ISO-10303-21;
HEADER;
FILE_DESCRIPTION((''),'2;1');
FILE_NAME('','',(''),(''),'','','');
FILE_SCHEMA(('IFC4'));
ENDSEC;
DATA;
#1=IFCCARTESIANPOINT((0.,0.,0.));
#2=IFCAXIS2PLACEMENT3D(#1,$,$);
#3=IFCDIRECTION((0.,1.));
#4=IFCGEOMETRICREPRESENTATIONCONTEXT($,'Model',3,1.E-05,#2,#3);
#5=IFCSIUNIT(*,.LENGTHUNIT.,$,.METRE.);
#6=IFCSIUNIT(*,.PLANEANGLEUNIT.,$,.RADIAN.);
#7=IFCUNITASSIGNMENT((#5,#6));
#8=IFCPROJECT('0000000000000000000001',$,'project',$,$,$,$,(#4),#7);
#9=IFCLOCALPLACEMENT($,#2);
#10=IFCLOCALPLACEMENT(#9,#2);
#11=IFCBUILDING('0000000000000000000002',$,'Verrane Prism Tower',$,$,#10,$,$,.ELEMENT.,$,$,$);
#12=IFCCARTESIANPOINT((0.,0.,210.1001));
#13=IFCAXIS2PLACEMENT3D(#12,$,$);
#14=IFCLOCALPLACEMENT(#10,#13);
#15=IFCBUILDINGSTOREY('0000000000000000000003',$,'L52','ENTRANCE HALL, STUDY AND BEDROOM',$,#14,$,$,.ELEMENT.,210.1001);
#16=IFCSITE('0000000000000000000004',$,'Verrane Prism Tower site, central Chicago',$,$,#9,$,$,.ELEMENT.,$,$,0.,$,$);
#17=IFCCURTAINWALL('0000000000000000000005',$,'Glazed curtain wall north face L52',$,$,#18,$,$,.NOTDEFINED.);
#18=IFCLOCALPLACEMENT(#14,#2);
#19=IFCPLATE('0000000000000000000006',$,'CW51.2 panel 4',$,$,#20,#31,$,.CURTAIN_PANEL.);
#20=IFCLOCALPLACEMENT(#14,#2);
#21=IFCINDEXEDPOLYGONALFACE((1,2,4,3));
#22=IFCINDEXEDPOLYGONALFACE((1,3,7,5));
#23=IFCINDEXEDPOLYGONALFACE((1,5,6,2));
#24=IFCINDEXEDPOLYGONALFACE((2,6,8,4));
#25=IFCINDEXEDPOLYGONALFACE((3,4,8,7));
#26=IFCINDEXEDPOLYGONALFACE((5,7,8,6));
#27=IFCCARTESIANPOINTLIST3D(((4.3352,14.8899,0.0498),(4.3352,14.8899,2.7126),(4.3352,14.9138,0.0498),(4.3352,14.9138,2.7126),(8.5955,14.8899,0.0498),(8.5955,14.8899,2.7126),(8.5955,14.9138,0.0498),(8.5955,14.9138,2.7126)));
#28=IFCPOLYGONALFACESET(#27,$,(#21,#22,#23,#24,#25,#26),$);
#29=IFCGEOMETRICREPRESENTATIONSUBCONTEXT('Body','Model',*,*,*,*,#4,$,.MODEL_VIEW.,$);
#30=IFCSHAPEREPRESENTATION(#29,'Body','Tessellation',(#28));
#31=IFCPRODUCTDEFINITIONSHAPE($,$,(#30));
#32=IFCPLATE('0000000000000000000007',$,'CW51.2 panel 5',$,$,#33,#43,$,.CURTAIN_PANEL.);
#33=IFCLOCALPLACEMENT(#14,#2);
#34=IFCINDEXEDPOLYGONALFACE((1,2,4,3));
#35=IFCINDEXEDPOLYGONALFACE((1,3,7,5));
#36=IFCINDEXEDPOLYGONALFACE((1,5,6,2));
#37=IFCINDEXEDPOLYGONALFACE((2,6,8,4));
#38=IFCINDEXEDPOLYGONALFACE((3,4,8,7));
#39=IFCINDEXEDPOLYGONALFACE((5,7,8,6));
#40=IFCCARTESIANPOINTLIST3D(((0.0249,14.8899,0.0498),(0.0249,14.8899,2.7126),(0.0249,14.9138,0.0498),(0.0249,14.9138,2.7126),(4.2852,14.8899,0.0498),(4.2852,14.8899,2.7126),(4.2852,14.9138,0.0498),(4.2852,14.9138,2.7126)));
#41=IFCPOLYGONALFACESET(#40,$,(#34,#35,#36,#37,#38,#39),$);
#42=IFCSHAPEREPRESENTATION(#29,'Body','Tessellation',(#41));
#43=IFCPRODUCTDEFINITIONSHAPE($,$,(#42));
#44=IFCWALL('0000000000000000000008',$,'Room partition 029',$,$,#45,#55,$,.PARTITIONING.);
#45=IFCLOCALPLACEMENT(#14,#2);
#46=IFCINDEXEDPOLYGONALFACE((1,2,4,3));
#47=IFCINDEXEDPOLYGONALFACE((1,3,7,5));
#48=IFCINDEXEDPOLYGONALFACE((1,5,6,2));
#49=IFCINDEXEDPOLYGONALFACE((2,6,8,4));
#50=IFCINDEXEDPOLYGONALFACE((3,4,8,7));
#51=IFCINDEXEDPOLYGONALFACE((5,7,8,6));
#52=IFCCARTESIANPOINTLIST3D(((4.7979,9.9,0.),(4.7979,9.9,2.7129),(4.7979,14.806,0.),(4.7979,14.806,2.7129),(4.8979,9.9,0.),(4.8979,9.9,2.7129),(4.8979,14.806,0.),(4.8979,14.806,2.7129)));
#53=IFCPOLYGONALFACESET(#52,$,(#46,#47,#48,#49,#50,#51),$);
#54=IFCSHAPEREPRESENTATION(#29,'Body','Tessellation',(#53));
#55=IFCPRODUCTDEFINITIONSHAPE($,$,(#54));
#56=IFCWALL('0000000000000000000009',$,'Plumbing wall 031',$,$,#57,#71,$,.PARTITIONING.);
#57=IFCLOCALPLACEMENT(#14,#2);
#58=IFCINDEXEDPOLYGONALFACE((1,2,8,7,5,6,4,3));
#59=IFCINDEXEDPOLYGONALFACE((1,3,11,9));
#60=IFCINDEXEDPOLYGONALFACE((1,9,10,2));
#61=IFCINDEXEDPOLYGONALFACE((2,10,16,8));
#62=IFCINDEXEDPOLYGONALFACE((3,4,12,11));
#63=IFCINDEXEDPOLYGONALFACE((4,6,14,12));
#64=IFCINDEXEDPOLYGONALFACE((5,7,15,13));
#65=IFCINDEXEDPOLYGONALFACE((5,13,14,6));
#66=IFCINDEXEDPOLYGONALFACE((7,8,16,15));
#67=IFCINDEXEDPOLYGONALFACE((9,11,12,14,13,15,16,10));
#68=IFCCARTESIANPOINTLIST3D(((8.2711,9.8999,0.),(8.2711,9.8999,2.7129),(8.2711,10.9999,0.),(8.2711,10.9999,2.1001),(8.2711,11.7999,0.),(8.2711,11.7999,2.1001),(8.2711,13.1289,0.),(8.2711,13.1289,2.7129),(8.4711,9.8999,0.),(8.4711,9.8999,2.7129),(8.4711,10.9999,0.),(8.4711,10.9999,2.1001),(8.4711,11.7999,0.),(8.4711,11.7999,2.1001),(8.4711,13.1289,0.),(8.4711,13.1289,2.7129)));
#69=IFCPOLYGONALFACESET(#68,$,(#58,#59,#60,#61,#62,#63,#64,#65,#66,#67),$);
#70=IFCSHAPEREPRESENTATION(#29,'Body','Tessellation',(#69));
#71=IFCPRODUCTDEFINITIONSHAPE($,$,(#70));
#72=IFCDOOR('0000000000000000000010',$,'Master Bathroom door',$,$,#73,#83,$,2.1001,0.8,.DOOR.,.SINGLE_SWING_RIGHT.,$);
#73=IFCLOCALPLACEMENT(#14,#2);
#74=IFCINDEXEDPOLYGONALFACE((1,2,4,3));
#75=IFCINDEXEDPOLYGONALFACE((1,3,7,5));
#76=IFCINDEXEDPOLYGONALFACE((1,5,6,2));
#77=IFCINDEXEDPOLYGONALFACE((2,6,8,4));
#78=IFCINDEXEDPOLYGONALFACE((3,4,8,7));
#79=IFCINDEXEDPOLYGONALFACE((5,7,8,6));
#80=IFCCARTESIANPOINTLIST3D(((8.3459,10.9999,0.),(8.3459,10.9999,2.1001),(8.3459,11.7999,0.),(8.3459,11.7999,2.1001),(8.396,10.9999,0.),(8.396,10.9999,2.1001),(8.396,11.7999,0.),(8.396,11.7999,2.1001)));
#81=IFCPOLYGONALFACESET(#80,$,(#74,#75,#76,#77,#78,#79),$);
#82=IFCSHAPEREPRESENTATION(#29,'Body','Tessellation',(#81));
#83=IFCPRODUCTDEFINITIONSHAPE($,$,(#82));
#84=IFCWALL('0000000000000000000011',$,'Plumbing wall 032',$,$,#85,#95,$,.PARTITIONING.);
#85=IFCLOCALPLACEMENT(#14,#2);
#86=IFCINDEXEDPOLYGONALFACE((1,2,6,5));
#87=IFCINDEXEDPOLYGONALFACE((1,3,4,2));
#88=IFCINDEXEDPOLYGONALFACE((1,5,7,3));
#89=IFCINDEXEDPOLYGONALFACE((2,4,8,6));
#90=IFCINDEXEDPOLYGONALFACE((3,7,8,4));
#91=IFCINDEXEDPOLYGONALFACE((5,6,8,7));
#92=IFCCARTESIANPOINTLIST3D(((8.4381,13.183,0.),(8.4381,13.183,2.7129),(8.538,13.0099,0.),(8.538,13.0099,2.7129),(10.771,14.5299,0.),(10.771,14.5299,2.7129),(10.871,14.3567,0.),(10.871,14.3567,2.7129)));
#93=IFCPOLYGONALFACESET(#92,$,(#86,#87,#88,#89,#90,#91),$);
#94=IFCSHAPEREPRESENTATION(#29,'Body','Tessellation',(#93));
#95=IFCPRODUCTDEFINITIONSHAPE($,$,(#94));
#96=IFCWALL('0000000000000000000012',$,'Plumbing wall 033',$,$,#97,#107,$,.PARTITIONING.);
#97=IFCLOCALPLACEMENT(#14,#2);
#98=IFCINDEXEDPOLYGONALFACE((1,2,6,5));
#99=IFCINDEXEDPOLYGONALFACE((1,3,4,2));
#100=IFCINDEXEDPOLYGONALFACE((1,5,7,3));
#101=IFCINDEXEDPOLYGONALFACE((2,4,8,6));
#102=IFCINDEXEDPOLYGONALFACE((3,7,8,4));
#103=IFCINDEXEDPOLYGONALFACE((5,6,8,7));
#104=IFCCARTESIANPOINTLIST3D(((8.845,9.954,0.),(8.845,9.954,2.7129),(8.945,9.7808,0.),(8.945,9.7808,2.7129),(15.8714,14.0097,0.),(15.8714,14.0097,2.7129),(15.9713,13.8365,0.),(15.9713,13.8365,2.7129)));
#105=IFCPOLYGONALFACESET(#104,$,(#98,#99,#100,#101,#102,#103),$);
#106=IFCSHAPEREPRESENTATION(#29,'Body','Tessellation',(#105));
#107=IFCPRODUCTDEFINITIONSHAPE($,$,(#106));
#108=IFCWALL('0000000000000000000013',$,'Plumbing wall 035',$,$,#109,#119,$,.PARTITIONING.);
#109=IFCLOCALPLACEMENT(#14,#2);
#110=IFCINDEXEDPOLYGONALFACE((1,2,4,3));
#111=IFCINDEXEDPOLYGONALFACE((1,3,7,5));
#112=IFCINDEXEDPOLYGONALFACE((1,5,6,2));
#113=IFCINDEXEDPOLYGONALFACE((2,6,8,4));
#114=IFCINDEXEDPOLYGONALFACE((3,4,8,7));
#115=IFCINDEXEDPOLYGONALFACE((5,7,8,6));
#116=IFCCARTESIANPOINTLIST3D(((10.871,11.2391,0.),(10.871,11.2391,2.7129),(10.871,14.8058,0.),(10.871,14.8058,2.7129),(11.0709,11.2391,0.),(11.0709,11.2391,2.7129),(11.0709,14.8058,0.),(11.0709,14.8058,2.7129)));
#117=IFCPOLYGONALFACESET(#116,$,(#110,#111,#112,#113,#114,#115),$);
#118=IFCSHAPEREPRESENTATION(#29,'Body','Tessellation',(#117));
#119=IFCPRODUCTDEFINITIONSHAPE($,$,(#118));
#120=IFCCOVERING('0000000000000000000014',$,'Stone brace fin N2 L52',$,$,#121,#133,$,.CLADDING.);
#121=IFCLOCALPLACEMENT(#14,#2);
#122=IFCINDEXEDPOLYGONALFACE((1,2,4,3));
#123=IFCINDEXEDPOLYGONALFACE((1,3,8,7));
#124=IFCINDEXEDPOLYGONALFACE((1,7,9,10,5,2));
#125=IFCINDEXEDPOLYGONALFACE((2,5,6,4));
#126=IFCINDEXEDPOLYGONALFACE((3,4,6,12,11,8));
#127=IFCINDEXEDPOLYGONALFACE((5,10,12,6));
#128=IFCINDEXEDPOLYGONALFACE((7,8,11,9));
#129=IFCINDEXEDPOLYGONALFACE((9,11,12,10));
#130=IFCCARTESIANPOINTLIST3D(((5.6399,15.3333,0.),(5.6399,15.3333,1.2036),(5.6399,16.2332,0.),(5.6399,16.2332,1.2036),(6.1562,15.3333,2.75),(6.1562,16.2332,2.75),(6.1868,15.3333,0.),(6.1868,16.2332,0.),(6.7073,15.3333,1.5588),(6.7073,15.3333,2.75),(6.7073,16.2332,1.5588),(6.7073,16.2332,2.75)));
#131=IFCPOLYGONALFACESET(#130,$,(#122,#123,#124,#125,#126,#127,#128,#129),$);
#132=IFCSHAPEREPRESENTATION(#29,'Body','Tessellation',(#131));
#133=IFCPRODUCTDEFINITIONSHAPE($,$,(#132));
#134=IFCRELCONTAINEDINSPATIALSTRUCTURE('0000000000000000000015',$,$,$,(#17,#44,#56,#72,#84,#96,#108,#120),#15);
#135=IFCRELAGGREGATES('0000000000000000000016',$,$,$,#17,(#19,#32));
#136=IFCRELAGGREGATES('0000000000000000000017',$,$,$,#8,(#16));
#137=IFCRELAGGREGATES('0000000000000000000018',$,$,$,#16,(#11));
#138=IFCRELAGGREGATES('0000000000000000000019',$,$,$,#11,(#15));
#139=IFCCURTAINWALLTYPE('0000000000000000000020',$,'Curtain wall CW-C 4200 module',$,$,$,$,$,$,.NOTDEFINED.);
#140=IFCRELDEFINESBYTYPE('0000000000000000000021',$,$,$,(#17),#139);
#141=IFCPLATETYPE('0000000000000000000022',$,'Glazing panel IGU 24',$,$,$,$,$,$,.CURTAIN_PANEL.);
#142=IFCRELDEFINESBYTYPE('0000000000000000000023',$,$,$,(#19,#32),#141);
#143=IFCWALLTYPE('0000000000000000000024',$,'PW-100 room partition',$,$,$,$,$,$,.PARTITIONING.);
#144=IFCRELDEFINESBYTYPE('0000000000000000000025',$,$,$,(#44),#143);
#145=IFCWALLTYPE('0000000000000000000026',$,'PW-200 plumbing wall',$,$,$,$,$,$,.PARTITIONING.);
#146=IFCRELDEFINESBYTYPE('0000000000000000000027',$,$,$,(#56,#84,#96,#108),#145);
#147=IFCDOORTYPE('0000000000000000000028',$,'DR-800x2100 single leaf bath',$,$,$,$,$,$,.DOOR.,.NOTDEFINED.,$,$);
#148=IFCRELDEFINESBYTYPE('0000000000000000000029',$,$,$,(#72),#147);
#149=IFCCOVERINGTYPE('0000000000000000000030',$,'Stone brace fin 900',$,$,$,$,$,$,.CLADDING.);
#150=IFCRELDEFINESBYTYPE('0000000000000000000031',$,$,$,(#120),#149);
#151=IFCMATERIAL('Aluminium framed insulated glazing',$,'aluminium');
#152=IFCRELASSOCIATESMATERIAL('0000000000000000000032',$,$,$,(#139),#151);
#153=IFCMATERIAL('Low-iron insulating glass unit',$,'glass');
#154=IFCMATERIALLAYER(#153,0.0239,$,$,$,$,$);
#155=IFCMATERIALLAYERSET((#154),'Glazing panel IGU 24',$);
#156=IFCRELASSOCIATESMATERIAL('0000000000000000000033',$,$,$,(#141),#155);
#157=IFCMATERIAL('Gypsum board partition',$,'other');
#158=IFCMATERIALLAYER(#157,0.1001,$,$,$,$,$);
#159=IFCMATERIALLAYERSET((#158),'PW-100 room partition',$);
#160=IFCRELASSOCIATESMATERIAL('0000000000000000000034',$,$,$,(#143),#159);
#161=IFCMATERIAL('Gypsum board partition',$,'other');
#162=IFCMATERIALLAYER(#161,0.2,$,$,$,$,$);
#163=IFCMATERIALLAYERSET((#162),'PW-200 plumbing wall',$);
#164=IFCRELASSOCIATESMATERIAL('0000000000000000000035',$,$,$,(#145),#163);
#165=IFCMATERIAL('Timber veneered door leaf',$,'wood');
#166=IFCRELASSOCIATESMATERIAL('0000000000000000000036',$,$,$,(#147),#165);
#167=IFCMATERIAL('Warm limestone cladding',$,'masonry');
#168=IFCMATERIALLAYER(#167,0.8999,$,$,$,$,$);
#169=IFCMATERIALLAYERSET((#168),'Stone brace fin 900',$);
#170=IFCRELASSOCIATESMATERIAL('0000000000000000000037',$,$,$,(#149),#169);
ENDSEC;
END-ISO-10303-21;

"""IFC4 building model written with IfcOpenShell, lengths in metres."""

from ifc_helpers import new_model, si_unit, direction, frame, frame_2d, origin, origin_2d, place, context, subcontext, project, spatial, polyline, rectangle, outline, extrude, material, layer, layer_set, type_object, element, fill, aggregate, save


model = new_model("IFC4")

# Units and contexts
model_context = context("Model", 3, precision=1e-05, world=origin(), true_north=direction((0.0, 1.0)))
body_context = subcontext(model_context, "Body", "Model", "MODEL_VIEW")
ifc_project = project(units=[si_unit("LENGTHUNIT", "METRE"), si_unit("PLANEANGLEUNIT", "RADIAN")], contexts=[model_context])

# Site, building, storey
site_placement = place(None, origin())
site = spatial("IfcSite", under=ifc_project, at=site_placement, Name="Verrane Prism Tower site, central Chicago", CompositionType="ELEMENT", RefElevation=0.0)
building_placement = place(site_placement, origin())
building = spatial("IfcBuilding", under=site, at=building_placement, Name="Verrane Prism Tower", CompositionType="ELEMENT")
storey_placement = place(building_placement, frame((0.0, 0.0, 210.1001)))
storey = spatial("IfcBuildingStorey", under=building, at=storey_placement, Name="L52", Description="ENTRANCE HALL, STUDY AND BEDROOM", CompositionType="ELEMENT", Elevation=210.1001)

# Curtain wall
ifc_material_1 = material(Name="Aluminium framed insulated glazing", Category="aluminium")
curtain_wall_type = type_object("IfcCurtainWallType", Name="Curtain wall CW-C 4200 module", PredefinedType="NOTDEFINED", material=ifc_material_1)
curtain_wall_placement = place(storey_placement, origin())
curtain_wall = element("IfcCurtainWall", 1, at=curtain_wall_placement, inside=storey, type_object=curtain_wall_type, Name="Glazed curtain wall north face L52", PredefinedType="NOTDEFINED")

# Plates
ifc_material_2 = material(Name="Low-iron insulating glass unit", Category="glass")
ifc_layer_1 = layer(ifc_material_2, 0.0239)
ifc_layer_set_1 = layer_set([ifc_layer_1], Name="Glazing panel IGU 24")
plate_type = type_object("IfcPlateType", Name="Glazing panel IGU 24", PredefinedType="CURTAIN_PANEL", material=ifc_layer_set_1)
plate_1_placement = place(storey_placement, frame((6.4653, 14.9019, 0.0498), z_axis=(0.0, 0.0, 1.0), x_axis=(-1.0, 0.0, 0.0)))
plate_1 = element("IfcPlate", 2, at=plate_1_placement, type_object=plate_type, Name="CW51.2 panel 4", PredefinedType="CURTAIN_PANEL", context=body_context, shape_type="SweptSolid", body=[
    extrude(rectangle(XDim=4.2603, YDim=0.0239, at=origin_2d()), origin(), (0.0, 0.0, 1.0), 2.6628),
])
plate_2_placement = place(storey_placement, frame((2.155, 14.9019, 0.0498), z_axis=(0.0, 0.0, 1.0), x_axis=(-1.0, 0.0, 0.0)))
plate_2 = element("IfcPlate", 3, at=plate_2_placement, type_object=plate_type, Name="CW51.2 panel 5", PredefinedType="CURTAIN_PANEL", context=body_context, shape_type="SweptSolid", body=[
    extrude(rectangle(XDim=4.2603, YDim=0.0239, at=origin_2d()), origin(), (0.0, 0.0, 1.0), 2.6628),
])
aggregate(curtain_wall, [plate_1, plate_2])

# Wall
ifc_material_3 = material(Name="Gypsum board partition", Category="other")
ifc_layer_2 = layer(ifc_material_3, 0.1001)
ifc_layer_set_2 = layer_set([ifc_layer_2], Name="PW-100 room partition")
wall_type_1 = type_object("IfcWallType", Name="PW-100 room partition", PredefinedType="PARTITIONING", material=ifc_layer_set_2)
wall_1_placement = place(storey_placement, frame((4.8479, 9.8999, 0.0), z_axis=(0.0, 0.0, 1.0), x_axis=(0.0, 1.0, 0.0)))
element("IfcWall", 4, at=wall_1_placement, inside=storey, type_object=wall_type_1, Name="Room partition 029", PredefinedType="PARTITIONING", context=body_context, shape_type="SweptSolid", body=[
    extrude(rectangle(XDim=4.906, YDim=0.1001, at=frame_2d((2.4531, 0.0))), origin(), (0.0, 0.0, 1.0), 2.7129),
])

# Wall, opening, door
ifc_material_4 = material(Name="Gypsum board partition", Category="other")
ifc_layer_3 = layer(ifc_material_4, 0.2)
ifc_layer_set_3 = layer_set([ifc_layer_3], Name="PW-200 plumbing wall")
wall_type_2 = type_object("IfcWallType", Name="PW-200 plumbing wall", PredefinedType="PARTITIONING", material=ifc_layer_set_3)
wall_2_placement = place(storey_placement, frame((8.3711, 13.1289, 0.0), z_axis=(0.0, 0.0, 1.0), x_axis=(0.0, -1.0, 0.0)))
wall_2 = element("IfcWall", 5, at=wall_2_placement, inside=storey, type_object=wall_type_2, Name="Plumbing wall 031", PredefinedType="PARTITIONING", context=body_context, shape_type="SweptSolid", body=[
    extrude(rectangle(XDim=3.229, YDim=0.2, at=frame_2d((1.6145, 0.0))), origin(), (0.0, 0.0, 1.0), 2.7129),
])
opening_placement = place(wall_2_placement, frame((1.3291, 0.0, 0.0)))
opening = element("IfcOpeningElement", 6, at=opening_placement, cuts=wall_2, PredefinedType="OPENING", context=body_context, shape_type="SweptSolid", body=[
    extrude(rectangle(XDim=0.8, YDim=2.1001, at=frame_2d((0.3999, 1.05))), frame((0.0, 0.1099, 0.0), z_axis=(0.0, -1.0, 0.0), x_axis=(1.0, 0.0, 0.0)), (0.0, 0.0, 1.0), 0.22),
])
ifc_material_5 = material(Name="Timber veneered door leaf", Category="wood")
door_type = type_object("IfcDoorType", Name="DR-800x2100 single leaf bath", OperationType="NOTDEFINED", PredefinedType="DOOR", material=ifc_material_5)
door_placement = place(opening_placement, origin())
door = element("IfcDoor", 7, at=door_placement, inside=storey, type_object=door_type, Name="Master Bathroom door", OperationType="SINGLE_SWING_RIGHT", OverallHeight=2.1001, OverallWidth=0.8, PredefinedType="DOOR", context=body_context, shape_type="SweptSolid", body=[
    extrude(rectangle(XDim=0.8, YDim=2.1001, at=frame_2d((0.3999, 1.05))), frame((0.0, 0.0249, 0.0), z_axis=(0.0, -1.0, 0.0), x_axis=(1.0, 0.0, 0.0)), (0.0, 0.0, 1.0), 0.05),
])
fill(opening, door)

# Walls
wall_3_placement = place(storey_placement, frame((8.488, 13.0964, 0.0), z_axis=(0.0, 0.0, 1.0), x_axis=(0.866032, 0.499989, 0.0)))
element("IfcWall", 8, at=wall_3_placement, inside=storey, type_object=wall_type_2, Name="Plumbing wall 032", PredefinedType="PARTITIONING", context=body_context, shape_type="SweptSolid", body=[
    extrude(rectangle(XDim=2.6938, YDim=0.2, at=frame_2d((1.3469, 0.0))), origin(), (0.0, 0.0, 1.0), 2.7129),
])
wall_4_placement = place(storey_placement, frame((8.895, 9.8674, 0.0), z_axis=(0.0, 0.0, 1.0), x_axis=(0.866079, 0.499907, 0.0)))
element("IfcWall", 9, at=wall_4_placement, inside=storey, type_object=wall_type_2, Name="Plumbing wall 033", PredefinedType="PARTITIONING", context=body_context, shape_type="SweptSolid", body=[
    extrude(rectangle(XDim=8.1128, YDim=0.2, at=frame_2d((4.0564, 0.0))), origin(), (0.0, 0.0, 1.0), 2.7129),
])
wall_5_placement = place(storey_placement, frame((10.9709, 11.2393, 0.0), z_axis=(0.0, 0.0, 1.0), x_axis=(0.0, 1.0, 0.0)))
element("IfcWall", 10, at=wall_5_placement, inside=storey, type_object=wall_type_2, Name="Plumbing wall 035", PredefinedType="PARTITIONING", context=body_context, shape_type="SweptSolid", body=[
    extrude(rectangle(XDim=3.5667, YDim=0.2, at=frame_2d((1.7832, 0.0))), origin(), (0.0, 0.0, 1.0), 2.7129),
])

# Covering
ifc_material_6 = material(Name="Warm limestone cladding", Category="masonry")
ifc_layer_4 = layer(ifc_material_6, 0.8999)
ifc_layer_set_4 = layer_set([ifc_layer_4], Name="Stone brace fin 900")
covering_type = type_object("IfcCoveringType", Name="Stone brace fin 900", PredefinedType="CLADDING", material=ifc_layer_set_4)
covering_placement = place(storey_placement, frame((5.6399, 15.7832, 0.0), z_axis=(0.0, 0.0, 1.0), x_axis=(1.0, 0.0, 0.0)))
element("IfcCovering", 11, at=covering_placement, inside=storey, type_object=covering_type, Name="Stone brace fin N2 L52", PredefinedType="CLADDING", context=body_context, shape_type="SweptSolid", body=[
    extrude(outline(polyline([(1.0674, 2.75), (0.5164, 2.75), (0.0, 1.2036), (0.0, 0.0), (0.5469, 0.0), (1.0674, 1.5588), (1.0674, 2.75)])), frame((0.0, 0.45, 0.0), z_axis=(0.0, -1.0, 0.0), x_axis=(1.0, 0.0, 0.0)), (0.0, 0.0, 1.0), 0.8999),
])

save(model, "model.ifc")
